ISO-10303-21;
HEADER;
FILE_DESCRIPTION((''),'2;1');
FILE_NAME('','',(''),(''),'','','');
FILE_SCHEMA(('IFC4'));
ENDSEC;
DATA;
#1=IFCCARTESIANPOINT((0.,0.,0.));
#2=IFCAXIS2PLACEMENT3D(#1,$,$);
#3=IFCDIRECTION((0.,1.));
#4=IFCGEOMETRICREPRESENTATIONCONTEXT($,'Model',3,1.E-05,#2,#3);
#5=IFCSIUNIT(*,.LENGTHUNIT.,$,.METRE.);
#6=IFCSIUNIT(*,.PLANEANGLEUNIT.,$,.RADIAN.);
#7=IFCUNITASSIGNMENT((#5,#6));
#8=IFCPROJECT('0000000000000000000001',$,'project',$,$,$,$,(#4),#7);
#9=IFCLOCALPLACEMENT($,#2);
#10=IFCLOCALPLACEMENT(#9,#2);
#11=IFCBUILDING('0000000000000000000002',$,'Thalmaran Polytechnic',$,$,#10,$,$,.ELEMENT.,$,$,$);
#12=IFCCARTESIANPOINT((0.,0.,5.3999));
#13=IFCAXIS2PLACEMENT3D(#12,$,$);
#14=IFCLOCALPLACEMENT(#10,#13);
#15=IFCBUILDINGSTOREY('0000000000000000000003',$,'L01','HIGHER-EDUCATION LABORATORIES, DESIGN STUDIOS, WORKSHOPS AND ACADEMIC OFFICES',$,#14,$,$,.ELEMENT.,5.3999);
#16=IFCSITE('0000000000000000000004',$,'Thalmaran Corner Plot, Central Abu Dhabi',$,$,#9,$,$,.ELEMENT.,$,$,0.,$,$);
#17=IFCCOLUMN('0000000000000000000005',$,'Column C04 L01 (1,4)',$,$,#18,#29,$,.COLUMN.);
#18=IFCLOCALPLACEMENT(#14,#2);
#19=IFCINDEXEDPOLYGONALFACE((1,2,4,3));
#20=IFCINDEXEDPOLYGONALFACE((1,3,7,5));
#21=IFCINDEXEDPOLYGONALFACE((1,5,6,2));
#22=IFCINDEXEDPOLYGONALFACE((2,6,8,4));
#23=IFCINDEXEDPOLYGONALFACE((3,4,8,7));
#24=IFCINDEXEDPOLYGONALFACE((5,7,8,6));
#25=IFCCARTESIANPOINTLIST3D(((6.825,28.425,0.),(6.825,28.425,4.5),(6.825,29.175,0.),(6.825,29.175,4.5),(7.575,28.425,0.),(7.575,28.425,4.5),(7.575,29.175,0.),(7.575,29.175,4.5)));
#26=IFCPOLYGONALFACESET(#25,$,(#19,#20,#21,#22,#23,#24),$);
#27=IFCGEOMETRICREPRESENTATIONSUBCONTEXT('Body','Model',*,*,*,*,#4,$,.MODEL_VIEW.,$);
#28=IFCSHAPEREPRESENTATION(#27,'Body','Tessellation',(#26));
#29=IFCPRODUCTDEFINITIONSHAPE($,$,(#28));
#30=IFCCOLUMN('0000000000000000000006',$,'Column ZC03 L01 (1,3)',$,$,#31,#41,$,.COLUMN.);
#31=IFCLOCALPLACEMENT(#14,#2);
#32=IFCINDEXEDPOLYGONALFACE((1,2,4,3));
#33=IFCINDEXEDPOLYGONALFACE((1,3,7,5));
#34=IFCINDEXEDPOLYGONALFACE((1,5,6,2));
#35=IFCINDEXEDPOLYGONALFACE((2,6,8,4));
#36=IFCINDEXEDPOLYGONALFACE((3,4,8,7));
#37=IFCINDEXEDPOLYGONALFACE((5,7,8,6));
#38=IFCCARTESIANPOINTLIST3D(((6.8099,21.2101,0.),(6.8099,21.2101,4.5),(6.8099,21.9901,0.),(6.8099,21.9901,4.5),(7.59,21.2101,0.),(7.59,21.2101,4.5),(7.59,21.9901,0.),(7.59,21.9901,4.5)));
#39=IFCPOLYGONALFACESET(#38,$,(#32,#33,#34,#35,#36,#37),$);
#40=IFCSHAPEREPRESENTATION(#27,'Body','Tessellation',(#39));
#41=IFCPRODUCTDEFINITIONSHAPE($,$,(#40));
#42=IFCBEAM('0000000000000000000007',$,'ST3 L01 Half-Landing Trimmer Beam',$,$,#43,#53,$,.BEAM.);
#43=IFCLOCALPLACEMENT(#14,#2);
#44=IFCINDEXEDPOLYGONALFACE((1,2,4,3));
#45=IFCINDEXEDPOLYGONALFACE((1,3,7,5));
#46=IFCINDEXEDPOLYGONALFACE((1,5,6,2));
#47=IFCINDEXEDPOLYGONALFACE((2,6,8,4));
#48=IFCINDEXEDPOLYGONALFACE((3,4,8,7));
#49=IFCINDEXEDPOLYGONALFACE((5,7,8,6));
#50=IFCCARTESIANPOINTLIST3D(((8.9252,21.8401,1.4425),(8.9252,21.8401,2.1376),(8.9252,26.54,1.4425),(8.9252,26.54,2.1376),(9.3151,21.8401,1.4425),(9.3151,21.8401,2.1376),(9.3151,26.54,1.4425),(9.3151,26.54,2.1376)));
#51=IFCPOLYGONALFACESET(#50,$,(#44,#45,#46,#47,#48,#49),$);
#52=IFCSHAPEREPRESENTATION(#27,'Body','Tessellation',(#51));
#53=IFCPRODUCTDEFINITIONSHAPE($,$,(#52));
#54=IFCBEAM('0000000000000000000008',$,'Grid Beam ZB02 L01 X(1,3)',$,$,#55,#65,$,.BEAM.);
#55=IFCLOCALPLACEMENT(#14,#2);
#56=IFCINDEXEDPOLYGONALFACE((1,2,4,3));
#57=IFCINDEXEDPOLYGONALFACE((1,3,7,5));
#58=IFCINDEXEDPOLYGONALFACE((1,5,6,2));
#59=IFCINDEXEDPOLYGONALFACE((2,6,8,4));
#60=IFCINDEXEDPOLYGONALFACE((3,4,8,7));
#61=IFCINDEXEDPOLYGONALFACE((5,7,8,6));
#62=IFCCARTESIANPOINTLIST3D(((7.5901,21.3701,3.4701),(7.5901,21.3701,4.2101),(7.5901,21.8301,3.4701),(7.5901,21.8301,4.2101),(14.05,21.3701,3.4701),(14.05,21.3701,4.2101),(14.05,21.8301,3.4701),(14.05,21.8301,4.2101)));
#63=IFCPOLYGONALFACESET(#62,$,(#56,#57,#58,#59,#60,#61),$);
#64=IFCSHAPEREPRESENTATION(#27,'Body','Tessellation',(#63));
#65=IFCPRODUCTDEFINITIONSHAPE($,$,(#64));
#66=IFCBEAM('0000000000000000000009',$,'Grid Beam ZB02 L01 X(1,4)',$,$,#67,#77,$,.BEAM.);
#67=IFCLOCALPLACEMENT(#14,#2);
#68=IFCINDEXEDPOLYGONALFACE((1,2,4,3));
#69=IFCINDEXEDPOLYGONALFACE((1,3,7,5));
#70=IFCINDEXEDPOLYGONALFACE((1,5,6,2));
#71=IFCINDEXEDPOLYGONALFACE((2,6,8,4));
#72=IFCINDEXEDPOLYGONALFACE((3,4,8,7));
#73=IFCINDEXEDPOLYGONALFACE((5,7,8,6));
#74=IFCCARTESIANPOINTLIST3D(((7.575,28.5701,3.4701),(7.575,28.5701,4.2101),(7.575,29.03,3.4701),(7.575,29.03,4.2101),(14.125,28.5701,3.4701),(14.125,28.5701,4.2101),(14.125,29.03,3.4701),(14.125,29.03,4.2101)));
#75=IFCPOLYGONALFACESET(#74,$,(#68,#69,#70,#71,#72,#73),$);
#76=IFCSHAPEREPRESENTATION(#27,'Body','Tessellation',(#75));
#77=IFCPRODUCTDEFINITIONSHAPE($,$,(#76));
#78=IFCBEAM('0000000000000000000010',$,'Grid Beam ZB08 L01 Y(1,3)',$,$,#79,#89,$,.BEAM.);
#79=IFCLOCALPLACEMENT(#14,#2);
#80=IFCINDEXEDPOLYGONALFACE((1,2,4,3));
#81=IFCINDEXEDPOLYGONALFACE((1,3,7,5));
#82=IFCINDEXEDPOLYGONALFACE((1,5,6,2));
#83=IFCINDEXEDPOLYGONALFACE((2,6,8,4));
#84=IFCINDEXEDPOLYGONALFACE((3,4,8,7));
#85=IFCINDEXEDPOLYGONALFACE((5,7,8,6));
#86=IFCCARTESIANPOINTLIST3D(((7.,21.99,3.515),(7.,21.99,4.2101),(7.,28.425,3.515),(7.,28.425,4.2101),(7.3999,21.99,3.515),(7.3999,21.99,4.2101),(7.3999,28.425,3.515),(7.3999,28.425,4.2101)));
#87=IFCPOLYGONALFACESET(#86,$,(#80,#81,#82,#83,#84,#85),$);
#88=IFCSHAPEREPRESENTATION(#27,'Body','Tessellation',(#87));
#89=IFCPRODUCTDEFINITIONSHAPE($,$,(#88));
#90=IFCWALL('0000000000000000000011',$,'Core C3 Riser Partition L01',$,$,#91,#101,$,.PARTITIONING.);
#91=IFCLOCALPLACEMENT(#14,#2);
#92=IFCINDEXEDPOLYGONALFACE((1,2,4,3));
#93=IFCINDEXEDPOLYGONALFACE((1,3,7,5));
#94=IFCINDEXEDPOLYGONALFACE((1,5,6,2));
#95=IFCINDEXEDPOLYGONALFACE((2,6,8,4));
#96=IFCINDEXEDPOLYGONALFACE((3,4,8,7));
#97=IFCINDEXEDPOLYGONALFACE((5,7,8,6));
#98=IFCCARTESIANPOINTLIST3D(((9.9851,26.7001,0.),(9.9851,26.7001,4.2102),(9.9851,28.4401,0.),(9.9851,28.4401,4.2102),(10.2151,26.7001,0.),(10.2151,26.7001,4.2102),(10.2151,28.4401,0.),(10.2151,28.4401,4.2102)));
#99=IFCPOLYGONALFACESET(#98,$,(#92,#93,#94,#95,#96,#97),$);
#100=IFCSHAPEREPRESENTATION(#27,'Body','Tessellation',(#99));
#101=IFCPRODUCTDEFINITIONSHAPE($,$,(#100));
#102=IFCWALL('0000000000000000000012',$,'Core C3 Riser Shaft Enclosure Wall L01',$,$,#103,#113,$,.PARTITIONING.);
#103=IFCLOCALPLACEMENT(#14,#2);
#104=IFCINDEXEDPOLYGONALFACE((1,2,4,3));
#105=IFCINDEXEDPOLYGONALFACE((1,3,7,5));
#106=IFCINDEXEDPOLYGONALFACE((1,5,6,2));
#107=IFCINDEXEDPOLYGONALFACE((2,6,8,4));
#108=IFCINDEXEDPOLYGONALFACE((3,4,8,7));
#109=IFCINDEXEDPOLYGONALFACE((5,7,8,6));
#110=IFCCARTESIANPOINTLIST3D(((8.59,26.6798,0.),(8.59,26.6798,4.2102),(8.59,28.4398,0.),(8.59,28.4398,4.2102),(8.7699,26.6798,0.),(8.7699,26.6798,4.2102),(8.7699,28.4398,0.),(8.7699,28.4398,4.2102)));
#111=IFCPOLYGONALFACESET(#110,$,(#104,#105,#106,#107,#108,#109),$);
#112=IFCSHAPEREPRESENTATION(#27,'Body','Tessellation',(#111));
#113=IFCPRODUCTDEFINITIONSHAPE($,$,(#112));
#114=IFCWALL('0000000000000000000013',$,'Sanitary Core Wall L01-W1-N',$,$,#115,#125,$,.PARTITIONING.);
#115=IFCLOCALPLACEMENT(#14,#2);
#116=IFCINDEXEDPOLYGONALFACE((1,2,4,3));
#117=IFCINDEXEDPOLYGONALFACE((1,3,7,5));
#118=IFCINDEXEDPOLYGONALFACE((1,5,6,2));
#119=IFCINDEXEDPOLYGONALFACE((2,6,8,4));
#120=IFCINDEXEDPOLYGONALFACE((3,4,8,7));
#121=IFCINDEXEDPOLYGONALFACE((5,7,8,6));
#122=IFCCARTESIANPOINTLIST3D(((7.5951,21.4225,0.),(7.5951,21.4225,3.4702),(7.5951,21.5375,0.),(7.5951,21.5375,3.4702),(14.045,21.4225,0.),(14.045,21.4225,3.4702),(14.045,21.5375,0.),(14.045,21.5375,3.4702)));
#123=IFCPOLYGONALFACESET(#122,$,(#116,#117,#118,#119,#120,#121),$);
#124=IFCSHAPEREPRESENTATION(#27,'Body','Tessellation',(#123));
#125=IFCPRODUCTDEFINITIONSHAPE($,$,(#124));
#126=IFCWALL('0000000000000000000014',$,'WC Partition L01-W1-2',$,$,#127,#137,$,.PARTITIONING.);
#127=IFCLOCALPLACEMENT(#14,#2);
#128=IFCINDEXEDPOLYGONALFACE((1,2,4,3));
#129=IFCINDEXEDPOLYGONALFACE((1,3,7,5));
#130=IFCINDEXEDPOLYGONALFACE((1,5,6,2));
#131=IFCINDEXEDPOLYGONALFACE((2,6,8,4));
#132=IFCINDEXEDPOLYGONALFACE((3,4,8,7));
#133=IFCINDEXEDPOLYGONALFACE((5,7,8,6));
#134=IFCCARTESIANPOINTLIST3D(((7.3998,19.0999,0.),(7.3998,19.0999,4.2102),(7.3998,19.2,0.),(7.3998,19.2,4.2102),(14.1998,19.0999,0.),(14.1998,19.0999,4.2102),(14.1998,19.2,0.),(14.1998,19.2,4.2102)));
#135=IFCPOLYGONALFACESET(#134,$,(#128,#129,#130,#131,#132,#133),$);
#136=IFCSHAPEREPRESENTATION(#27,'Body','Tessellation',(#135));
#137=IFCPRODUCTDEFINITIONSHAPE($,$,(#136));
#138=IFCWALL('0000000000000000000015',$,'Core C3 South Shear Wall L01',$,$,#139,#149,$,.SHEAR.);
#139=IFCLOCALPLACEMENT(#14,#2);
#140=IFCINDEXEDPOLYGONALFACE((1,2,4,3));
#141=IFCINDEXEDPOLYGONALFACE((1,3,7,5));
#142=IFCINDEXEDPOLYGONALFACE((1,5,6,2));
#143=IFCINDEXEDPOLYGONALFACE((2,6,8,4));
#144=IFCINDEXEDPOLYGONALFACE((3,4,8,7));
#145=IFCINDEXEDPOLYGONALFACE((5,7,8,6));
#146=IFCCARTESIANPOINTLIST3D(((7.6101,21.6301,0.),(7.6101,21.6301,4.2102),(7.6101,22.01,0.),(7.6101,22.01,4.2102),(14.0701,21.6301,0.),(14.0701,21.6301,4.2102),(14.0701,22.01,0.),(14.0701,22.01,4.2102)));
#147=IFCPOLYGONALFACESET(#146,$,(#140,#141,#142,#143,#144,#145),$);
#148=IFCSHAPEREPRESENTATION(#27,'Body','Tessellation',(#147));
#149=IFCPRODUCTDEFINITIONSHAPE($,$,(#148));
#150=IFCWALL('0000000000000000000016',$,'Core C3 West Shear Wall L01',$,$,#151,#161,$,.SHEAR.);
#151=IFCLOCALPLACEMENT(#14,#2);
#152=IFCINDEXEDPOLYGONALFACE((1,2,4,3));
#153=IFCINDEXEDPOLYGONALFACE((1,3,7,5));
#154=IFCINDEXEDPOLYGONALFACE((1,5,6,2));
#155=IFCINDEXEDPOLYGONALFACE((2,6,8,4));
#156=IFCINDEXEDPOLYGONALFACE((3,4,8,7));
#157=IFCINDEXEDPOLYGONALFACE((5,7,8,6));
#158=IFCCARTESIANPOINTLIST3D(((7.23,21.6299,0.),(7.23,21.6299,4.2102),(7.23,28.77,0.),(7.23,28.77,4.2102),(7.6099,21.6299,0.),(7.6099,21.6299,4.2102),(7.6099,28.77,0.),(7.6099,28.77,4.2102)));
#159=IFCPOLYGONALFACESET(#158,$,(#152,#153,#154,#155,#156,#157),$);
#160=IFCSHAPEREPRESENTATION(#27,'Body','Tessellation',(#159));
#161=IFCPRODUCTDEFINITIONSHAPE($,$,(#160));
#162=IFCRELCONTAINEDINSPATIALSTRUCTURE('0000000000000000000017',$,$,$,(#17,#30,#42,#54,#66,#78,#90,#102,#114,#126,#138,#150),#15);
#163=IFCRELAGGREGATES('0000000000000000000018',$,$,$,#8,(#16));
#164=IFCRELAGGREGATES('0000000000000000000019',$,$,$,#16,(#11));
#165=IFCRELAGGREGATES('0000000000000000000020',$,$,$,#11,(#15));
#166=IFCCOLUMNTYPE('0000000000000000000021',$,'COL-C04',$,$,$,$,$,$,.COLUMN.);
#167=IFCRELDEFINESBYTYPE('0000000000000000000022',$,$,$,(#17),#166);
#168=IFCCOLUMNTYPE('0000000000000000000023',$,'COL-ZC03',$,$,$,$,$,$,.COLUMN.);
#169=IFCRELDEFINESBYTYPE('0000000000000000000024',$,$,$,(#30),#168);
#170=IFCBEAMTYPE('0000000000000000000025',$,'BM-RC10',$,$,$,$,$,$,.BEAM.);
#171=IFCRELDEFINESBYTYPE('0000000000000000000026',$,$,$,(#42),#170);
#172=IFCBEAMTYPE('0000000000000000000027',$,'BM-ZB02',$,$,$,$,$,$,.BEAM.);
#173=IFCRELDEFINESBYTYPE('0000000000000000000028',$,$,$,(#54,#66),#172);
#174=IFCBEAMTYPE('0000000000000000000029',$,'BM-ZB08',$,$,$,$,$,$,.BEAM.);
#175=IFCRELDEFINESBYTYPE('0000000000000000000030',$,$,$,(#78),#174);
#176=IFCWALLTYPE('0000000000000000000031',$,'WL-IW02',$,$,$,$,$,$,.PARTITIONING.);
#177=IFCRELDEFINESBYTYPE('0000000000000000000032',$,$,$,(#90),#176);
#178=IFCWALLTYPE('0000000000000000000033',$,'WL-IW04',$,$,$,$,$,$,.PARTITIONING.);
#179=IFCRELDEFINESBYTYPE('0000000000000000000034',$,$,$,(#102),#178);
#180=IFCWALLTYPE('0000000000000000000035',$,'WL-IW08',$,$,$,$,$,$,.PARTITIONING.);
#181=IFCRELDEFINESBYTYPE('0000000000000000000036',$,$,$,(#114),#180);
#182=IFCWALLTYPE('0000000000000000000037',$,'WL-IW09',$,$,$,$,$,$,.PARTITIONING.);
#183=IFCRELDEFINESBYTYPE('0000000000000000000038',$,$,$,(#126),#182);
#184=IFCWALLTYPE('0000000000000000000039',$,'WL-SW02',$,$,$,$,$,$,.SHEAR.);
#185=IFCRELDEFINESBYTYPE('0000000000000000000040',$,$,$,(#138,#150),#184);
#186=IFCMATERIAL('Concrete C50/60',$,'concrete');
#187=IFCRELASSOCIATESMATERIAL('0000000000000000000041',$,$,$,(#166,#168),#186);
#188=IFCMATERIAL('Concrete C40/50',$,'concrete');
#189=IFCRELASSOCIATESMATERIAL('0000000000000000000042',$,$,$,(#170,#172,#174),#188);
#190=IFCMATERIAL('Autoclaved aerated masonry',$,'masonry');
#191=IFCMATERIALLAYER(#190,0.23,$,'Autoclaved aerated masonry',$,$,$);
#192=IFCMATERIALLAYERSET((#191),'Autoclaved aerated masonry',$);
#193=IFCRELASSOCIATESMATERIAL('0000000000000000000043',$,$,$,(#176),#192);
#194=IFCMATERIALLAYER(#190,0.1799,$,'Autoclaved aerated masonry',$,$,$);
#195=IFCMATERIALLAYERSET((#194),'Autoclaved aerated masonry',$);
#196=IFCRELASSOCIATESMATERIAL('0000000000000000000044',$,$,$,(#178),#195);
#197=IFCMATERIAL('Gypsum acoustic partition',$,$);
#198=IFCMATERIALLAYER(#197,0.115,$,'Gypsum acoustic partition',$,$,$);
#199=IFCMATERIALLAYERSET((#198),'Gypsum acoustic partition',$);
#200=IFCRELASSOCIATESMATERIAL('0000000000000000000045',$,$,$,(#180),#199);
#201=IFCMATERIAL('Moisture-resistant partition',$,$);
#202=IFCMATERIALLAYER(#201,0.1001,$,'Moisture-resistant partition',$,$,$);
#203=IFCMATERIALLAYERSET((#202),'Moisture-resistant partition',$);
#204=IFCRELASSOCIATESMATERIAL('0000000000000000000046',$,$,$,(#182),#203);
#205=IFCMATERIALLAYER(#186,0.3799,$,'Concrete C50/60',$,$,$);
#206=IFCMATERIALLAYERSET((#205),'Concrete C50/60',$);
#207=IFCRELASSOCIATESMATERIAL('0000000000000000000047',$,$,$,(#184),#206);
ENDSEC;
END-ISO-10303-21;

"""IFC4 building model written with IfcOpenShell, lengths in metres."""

from ifc_helpers import new_model, si_unit, direction, frame, frame_2d, origin, origin_2d, place, context, subcontext, project, spatial, rectangle, extrude, material, layer, layer_set, material_profile, profile_set, type_object, element, save


model = new_model("IFC4")

# Units and contexts
model_context = context("Model", 3, precision=1e-05, world=origin(), true_north=direction((0.0, 1.0)))
body_context = subcontext(model_context, "Body", "Model", "MODEL_VIEW")
ifc_project = project(units=[si_unit("LENGTHUNIT", "METRE"), si_unit("PLANEANGLEUNIT", "RADIAN")], contexts=[model_context])

# Site, building, storey
site_placement = place(None, origin())
site = spatial("IfcSite", under=ifc_project, at=site_placement, Name="Thalmaran Corner Plot, Central Abu Dhabi", CompositionType="ELEMENT", RefElevation=0.0)
building_placement = place(site_placement, origin())
building = spatial("IfcBuilding", under=site, at=building_placement, Name="Thalmaran Polytechnic", CompositionType="ELEMENT")
storey_placement = place(building_placement, frame((0.0, 0.0, 5.3999)))
storey = spatial("IfcBuildingStorey", under=building, at=storey_placement, Name="L01", Description="HIGHER-EDUCATION LABORATORIES, DESIGN STUDIOS, WORKSHOPS AND ACADEMIC OFFICES", CompositionType="ELEMENT", Elevation=5.3999)

# Columns
ifc_material_1 = material(Name="Concrete C50/60", Category="concrete")
ifc_material_profile_1 = material_profile(ifc_material_1, rectangle(XDim=0.75, YDim=0.75, at=origin_2d()), Name="RC 750x750")
ifc_profile_set_1 = profile_set([ifc_material_profile_1], Name="Concrete C50/60")
column_type_1 = type_object("IfcColumnType", Name="COL-C04", PredefinedType="COLUMN", material=ifc_profile_set_1)
column_1_placement = place(storey_placement, frame((7.2, 28.8, 0.0), z_axis=(0.0, 0.0, 1.0), x_axis=(1.0, 0.0, 0.0)))
element("IfcColumn", 1, at=column_1_placement, inside=storey, type_object=column_type_1, Name="Column C04 L01 (1,4)", PredefinedType="COLUMN", context=body_context, shape_type="SweptSolid", body=[
    extrude(rectangle(XDim=0.75, YDim=0.75, at=origin_2d()), origin(), (0.0, 0.0, 1.0), 4.5),
])
ifc_material_profile_2 = material_profile(ifc_material_1, rectangle(XDim=0.78, YDim=0.78, at=origin_2d()), Name="RC 780x780")
ifc_profile_set_2 = profile_set([ifc_material_profile_2], Name="Concrete C50/60")
column_type_2 = type_object("IfcColumnType", Name="COL-ZC03", PredefinedType="COLUMN", material=ifc_profile_set_2)
column_2_placement = place(storey_placement, frame((7.2, 21.6001, 0.0), z_axis=(0.0, 0.0, 1.0), x_axis=(1.0, 0.0, 0.0)))
element("IfcColumn", 2, at=column_2_placement, inside=storey, type_object=column_type_2, Name="Column ZC03 L01 (1,3)", PredefinedType="COLUMN", context=body_context, shape_type="SweptSolid", body=[
    extrude(rectangle(XDim=0.78, YDim=0.78, at=origin_2d()), origin(), (0.0, 0.0, 1.0), 4.5),
])

# Beams
ifc_material_2 = material(Name="Concrete C40/50", Category="concrete")
ifc_material_profile_3 = material_profile(ifc_material_2, rectangle(XDim=0.3899, YDim=0.6951, at=origin_2d()), Name="RC 390x695")
ifc_profile_set_3 = profile_set([ifc_material_profile_3], Name="Concrete C40/50")
beam_type_1 = type_object("IfcBeamType", Name="BM-RC10", PredefinedType="BEAM", material=ifc_profile_set_3)
beam_1_placement = place(storey_placement, frame((9.1201, 21.8401, 1.79), z_axis=(0.0, 1.0, 0.0), x_axis=(-1.0, 0.0, 0.0)))
element("IfcBeam", 3, at=beam_1_placement, inside=storey, type_object=beam_type_1, Name="ST3 L01 Half-Landing Trimmer Beam", PredefinedType="BEAM", context=body_context, shape_type="SweptSolid", body=[
    extrude(rectangle(XDim=0.3899, YDim=0.6951, at=origin_2d()), origin(), (0.0, 0.0, 1.0), 4.7),
])
ifc_material_profile_4 = material_profile(ifc_material_2, rectangle(XDim=0.46, YDim=0.74, at=origin_2d()), Name="RC 460x740")
ifc_profile_set_4 = profile_set([ifc_material_profile_4], Name="Concrete C40/50")
beam_type_2 = type_object("IfcBeamType", Name="BM-ZB02", PredefinedType="BEAM", material=ifc_profile_set_4)
beam_2_placement = place(storey_placement, frame((7.5901, 21.6001, 3.8401), z_axis=(1.0, 0.0, 0.0), x_axis=(0.0, 1.0, 0.0)))
element("IfcBeam", 4, at=beam_2_placement, inside=storey, type_object=beam_type_2, Name="Grid Beam ZB02 L01 X(1,3)", PredefinedType="BEAM", context=body_context, shape_type="SweptSolid", body=[
    extrude(rectangle(XDim=0.46, YDim=0.74, at=origin_2d()), origin(), (0.0, 0.0, 1.0), 6.46),
])
beam_3_placement = place(storey_placement, frame((7.575, 28.8, 3.8401), z_axis=(1.0, 0.0, 0.0), x_axis=(0.0, 1.0, 0.0)))
element("IfcBeam", 5, at=beam_3_placement, inside=storey, type_object=beam_type_2, Name="Grid Beam ZB02 L01 X(1,4)", PredefinedType="BEAM", context=body_context, shape_type="SweptSolid", body=[
    extrude(rectangle(XDim=0.46, YDim=0.74, at=origin_2d()), origin(), (0.0, 0.0, 1.0), 6.55),
])
ifc_material_profile_5 = material_profile(ifc_material_2, rectangle(XDim=0.3999, YDim=0.6951, at=origin_2d()), Name="RC 400x695")
ifc_profile_set_5 = profile_set([ifc_material_profile_5], Name="Concrete C40/50")
beam_type_3 = type_object("IfcBeamType", Name="BM-ZB08", PredefinedType="BEAM", material=ifc_profile_set_5)
beam_4_placement = place(storey_placement, frame((7.2, 21.99, 3.8625), z_axis=(0.0, 1.0, 0.0), x_axis=(-1.0, 0.0, 0.0)))
element("IfcBeam", 6, at=beam_4_placement, inside=storey, type_object=beam_type_3, Name="Grid Beam ZB08 L01 Y(1,3)", PredefinedType="BEAM", context=body_context, shape_type="SweptSolid", body=[
    extrude(rectangle(XDim=0.3999, YDim=0.6951, at=origin_2d()), origin(), (0.0, 0.0, 1.0), 6.4351),
])

# Walls
ifc_material_3 = material(Name="Autoclaved aerated masonry", Category="masonry")
ifc_layer_1 = layer(ifc_material_3, 0.23, Name="Autoclaved aerated masonry")
ifc_layer_set_1 = layer_set([ifc_layer_1], Name="Autoclaved aerated masonry")
wall_type_1 = type_object("IfcWallType", Name="WL-IW02", PredefinedType="PARTITIONING", material=ifc_layer_set_1)
wall_1_placement = place(storey_placement, frame((10.1001, 26.7, 0.0), z_axis=(0.0, 0.0, 1.0), x_axis=(0.0, 1.0, 0.0)))
element("IfcWall", 7, at=wall_1_placement, inside=storey, type_object=wall_type_1, Name="Core C3 Riser Partition L01", PredefinedType="PARTITIONING", context=body_context, shape_type="SweptSolid", body=[
    extrude(rectangle(XDim=1.74, YDim=0.23, at=frame_2d((0.8701, 0.0))), origin(), (0.0, 0.0, 1.0), 4.2102),
])
ifc_layer_2 = layer(ifc_material_3, 0.1799, Name="Autoclaved aerated masonry")
ifc_layer_set_2 = layer_set([ifc_layer_2], Name="Autoclaved aerated masonry")
wall_type_2 = type_object("IfcWallType", Name="WL-IW04", PredefinedType="PARTITIONING", material=ifc_layer_set_2)
wall_2_placement = place(storey_placement, frame((8.6799, 26.6799, 0.0), z_axis=(0.0, 0.0, 1.0), x_axis=(0.0, 1.0, 0.0)))
element("IfcWall", 8, at=wall_2_placement, inside=storey, type_object=wall_type_2, Name="Core C3 Riser Shaft Enclosure Wall L01", PredefinedType="PARTITIONING", context=body_context, shape_type="SweptSolid", body=[
    extrude(rectangle(XDim=1.76, YDim=0.1799, at=frame_2d((0.8799, 0.0))), origin(), (0.0, 0.0, 1.0), 4.2102),
])
ifc_material_4 = material(Name="Gypsum acoustic partition")
ifc_layer_3 = layer(ifc_material_4, 0.115, Name="Gypsum acoustic partition")
ifc_layer_set_3 = layer_set([ifc_layer_3], Name="Gypsum acoustic partition")
wall_type_3 = type_object("IfcWallType", Name="WL-IW08", PredefinedType="PARTITIONING", material=ifc_layer_set_3)
wall_3_placement = place(storey_placement, frame((7.595, 21.48, 0.0), z_axis=(0.0, 0.0, 1.0), x_axis=(1.0, 0.0, 0.0)))
element("IfcWall", 9, at=wall_3_placement, inside=storey, type_object=wall_type_3, Name="Sanitary Core Wall L01-W1-N", PredefinedType="PARTITIONING", context=body_context, shape_type="SweptSolid", body=[
    extrude(rectangle(XDim=6.45, YDim=0.115, at=frame_2d((3.2251, 0.0))), origin(), (0.0, 0.0, 1.0), 3.4702),
])
ifc_material_5 = material(Name="Moisture-resistant partition")
ifc_layer_4 = layer(ifc_material_5, 0.1001, Name="Moisture-resistant partition")
ifc_layer_set_4 = layer_set([ifc_layer_4], Name="Moisture-resistant partition")
wall_type_4 = type_object("IfcWallType", Name="WL-IW09", PredefinedType="PARTITIONING", material=ifc_layer_set_4)
wall_4_placement = place(storey_placement, frame((7.3999, 19.1499, 0.0), z_axis=(0.0, 0.0, 1.0), x_axis=(1.0, 0.0, 0.0)))
element("IfcWall", 10, at=wall_4_placement, inside=storey, type_object=wall_type_4, Name="WC Partition L01-W1-2", PredefinedType="PARTITIONING", context=body_context, shape_type="SweptSolid", body=[
    extrude(rectangle(XDim=6.8, YDim=0.1001, at=frame_2d((3.3999, 0.0))), origin(), (0.0, 0.0, 1.0), 4.2102),
])
ifc_layer_5 = layer(ifc_material_1, 0.3799, Name="Concrete C50/60")
ifc_layer_set_5 = layer_set([ifc_layer_5], Name="Concrete C50/60")
wall_type_5 = type_object("IfcWallType", Name="WL-SW02", PredefinedType="SHEAR", material=ifc_layer_set_5)
wall_5_placement = place(storey_placement, frame((7.6101, 21.8201, 0.0), z_axis=(0.0, 0.0, 1.0), x_axis=(1.0, 0.0, 0.0)))
element("IfcWall", 11, at=wall_5_placement, inside=storey, type_object=wall_type_5, Name="Core C3 South Shear Wall L01", PredefinedType="SHEAR", context=body_context, shape_type="SweptSolid", body=[
    extrude(rectangle(XDim=6.46, YDim=0.3799, at=frame_2d((3.23, 0.0))), origin(), (0.0, 0.0, 1.0), 4.2102),
])
wall_6_placement = place(storey_placement, frame((7.4199, 28.77, 0.0), z_axis=(0.0, 0.0, 1.0), x_axis=(0.0, -1.0, 0.0)))
element("IfcWall", 12, at=wall_6_placement, inside=storey, type_object=wall_type_5, Name="Core C3 West Shear Wall L01", PredefinedType="SHEAR", context=body_context, shape_type="SweptSolid", body=[
    extrude(rectangle(XDim=7.1401, YDim=0.3799, at=frame_2d((3.5701, 0.0))), origin(), (0.0, 0.0, 1.0), 4.2102),
])

save(model, "model.ifc")
